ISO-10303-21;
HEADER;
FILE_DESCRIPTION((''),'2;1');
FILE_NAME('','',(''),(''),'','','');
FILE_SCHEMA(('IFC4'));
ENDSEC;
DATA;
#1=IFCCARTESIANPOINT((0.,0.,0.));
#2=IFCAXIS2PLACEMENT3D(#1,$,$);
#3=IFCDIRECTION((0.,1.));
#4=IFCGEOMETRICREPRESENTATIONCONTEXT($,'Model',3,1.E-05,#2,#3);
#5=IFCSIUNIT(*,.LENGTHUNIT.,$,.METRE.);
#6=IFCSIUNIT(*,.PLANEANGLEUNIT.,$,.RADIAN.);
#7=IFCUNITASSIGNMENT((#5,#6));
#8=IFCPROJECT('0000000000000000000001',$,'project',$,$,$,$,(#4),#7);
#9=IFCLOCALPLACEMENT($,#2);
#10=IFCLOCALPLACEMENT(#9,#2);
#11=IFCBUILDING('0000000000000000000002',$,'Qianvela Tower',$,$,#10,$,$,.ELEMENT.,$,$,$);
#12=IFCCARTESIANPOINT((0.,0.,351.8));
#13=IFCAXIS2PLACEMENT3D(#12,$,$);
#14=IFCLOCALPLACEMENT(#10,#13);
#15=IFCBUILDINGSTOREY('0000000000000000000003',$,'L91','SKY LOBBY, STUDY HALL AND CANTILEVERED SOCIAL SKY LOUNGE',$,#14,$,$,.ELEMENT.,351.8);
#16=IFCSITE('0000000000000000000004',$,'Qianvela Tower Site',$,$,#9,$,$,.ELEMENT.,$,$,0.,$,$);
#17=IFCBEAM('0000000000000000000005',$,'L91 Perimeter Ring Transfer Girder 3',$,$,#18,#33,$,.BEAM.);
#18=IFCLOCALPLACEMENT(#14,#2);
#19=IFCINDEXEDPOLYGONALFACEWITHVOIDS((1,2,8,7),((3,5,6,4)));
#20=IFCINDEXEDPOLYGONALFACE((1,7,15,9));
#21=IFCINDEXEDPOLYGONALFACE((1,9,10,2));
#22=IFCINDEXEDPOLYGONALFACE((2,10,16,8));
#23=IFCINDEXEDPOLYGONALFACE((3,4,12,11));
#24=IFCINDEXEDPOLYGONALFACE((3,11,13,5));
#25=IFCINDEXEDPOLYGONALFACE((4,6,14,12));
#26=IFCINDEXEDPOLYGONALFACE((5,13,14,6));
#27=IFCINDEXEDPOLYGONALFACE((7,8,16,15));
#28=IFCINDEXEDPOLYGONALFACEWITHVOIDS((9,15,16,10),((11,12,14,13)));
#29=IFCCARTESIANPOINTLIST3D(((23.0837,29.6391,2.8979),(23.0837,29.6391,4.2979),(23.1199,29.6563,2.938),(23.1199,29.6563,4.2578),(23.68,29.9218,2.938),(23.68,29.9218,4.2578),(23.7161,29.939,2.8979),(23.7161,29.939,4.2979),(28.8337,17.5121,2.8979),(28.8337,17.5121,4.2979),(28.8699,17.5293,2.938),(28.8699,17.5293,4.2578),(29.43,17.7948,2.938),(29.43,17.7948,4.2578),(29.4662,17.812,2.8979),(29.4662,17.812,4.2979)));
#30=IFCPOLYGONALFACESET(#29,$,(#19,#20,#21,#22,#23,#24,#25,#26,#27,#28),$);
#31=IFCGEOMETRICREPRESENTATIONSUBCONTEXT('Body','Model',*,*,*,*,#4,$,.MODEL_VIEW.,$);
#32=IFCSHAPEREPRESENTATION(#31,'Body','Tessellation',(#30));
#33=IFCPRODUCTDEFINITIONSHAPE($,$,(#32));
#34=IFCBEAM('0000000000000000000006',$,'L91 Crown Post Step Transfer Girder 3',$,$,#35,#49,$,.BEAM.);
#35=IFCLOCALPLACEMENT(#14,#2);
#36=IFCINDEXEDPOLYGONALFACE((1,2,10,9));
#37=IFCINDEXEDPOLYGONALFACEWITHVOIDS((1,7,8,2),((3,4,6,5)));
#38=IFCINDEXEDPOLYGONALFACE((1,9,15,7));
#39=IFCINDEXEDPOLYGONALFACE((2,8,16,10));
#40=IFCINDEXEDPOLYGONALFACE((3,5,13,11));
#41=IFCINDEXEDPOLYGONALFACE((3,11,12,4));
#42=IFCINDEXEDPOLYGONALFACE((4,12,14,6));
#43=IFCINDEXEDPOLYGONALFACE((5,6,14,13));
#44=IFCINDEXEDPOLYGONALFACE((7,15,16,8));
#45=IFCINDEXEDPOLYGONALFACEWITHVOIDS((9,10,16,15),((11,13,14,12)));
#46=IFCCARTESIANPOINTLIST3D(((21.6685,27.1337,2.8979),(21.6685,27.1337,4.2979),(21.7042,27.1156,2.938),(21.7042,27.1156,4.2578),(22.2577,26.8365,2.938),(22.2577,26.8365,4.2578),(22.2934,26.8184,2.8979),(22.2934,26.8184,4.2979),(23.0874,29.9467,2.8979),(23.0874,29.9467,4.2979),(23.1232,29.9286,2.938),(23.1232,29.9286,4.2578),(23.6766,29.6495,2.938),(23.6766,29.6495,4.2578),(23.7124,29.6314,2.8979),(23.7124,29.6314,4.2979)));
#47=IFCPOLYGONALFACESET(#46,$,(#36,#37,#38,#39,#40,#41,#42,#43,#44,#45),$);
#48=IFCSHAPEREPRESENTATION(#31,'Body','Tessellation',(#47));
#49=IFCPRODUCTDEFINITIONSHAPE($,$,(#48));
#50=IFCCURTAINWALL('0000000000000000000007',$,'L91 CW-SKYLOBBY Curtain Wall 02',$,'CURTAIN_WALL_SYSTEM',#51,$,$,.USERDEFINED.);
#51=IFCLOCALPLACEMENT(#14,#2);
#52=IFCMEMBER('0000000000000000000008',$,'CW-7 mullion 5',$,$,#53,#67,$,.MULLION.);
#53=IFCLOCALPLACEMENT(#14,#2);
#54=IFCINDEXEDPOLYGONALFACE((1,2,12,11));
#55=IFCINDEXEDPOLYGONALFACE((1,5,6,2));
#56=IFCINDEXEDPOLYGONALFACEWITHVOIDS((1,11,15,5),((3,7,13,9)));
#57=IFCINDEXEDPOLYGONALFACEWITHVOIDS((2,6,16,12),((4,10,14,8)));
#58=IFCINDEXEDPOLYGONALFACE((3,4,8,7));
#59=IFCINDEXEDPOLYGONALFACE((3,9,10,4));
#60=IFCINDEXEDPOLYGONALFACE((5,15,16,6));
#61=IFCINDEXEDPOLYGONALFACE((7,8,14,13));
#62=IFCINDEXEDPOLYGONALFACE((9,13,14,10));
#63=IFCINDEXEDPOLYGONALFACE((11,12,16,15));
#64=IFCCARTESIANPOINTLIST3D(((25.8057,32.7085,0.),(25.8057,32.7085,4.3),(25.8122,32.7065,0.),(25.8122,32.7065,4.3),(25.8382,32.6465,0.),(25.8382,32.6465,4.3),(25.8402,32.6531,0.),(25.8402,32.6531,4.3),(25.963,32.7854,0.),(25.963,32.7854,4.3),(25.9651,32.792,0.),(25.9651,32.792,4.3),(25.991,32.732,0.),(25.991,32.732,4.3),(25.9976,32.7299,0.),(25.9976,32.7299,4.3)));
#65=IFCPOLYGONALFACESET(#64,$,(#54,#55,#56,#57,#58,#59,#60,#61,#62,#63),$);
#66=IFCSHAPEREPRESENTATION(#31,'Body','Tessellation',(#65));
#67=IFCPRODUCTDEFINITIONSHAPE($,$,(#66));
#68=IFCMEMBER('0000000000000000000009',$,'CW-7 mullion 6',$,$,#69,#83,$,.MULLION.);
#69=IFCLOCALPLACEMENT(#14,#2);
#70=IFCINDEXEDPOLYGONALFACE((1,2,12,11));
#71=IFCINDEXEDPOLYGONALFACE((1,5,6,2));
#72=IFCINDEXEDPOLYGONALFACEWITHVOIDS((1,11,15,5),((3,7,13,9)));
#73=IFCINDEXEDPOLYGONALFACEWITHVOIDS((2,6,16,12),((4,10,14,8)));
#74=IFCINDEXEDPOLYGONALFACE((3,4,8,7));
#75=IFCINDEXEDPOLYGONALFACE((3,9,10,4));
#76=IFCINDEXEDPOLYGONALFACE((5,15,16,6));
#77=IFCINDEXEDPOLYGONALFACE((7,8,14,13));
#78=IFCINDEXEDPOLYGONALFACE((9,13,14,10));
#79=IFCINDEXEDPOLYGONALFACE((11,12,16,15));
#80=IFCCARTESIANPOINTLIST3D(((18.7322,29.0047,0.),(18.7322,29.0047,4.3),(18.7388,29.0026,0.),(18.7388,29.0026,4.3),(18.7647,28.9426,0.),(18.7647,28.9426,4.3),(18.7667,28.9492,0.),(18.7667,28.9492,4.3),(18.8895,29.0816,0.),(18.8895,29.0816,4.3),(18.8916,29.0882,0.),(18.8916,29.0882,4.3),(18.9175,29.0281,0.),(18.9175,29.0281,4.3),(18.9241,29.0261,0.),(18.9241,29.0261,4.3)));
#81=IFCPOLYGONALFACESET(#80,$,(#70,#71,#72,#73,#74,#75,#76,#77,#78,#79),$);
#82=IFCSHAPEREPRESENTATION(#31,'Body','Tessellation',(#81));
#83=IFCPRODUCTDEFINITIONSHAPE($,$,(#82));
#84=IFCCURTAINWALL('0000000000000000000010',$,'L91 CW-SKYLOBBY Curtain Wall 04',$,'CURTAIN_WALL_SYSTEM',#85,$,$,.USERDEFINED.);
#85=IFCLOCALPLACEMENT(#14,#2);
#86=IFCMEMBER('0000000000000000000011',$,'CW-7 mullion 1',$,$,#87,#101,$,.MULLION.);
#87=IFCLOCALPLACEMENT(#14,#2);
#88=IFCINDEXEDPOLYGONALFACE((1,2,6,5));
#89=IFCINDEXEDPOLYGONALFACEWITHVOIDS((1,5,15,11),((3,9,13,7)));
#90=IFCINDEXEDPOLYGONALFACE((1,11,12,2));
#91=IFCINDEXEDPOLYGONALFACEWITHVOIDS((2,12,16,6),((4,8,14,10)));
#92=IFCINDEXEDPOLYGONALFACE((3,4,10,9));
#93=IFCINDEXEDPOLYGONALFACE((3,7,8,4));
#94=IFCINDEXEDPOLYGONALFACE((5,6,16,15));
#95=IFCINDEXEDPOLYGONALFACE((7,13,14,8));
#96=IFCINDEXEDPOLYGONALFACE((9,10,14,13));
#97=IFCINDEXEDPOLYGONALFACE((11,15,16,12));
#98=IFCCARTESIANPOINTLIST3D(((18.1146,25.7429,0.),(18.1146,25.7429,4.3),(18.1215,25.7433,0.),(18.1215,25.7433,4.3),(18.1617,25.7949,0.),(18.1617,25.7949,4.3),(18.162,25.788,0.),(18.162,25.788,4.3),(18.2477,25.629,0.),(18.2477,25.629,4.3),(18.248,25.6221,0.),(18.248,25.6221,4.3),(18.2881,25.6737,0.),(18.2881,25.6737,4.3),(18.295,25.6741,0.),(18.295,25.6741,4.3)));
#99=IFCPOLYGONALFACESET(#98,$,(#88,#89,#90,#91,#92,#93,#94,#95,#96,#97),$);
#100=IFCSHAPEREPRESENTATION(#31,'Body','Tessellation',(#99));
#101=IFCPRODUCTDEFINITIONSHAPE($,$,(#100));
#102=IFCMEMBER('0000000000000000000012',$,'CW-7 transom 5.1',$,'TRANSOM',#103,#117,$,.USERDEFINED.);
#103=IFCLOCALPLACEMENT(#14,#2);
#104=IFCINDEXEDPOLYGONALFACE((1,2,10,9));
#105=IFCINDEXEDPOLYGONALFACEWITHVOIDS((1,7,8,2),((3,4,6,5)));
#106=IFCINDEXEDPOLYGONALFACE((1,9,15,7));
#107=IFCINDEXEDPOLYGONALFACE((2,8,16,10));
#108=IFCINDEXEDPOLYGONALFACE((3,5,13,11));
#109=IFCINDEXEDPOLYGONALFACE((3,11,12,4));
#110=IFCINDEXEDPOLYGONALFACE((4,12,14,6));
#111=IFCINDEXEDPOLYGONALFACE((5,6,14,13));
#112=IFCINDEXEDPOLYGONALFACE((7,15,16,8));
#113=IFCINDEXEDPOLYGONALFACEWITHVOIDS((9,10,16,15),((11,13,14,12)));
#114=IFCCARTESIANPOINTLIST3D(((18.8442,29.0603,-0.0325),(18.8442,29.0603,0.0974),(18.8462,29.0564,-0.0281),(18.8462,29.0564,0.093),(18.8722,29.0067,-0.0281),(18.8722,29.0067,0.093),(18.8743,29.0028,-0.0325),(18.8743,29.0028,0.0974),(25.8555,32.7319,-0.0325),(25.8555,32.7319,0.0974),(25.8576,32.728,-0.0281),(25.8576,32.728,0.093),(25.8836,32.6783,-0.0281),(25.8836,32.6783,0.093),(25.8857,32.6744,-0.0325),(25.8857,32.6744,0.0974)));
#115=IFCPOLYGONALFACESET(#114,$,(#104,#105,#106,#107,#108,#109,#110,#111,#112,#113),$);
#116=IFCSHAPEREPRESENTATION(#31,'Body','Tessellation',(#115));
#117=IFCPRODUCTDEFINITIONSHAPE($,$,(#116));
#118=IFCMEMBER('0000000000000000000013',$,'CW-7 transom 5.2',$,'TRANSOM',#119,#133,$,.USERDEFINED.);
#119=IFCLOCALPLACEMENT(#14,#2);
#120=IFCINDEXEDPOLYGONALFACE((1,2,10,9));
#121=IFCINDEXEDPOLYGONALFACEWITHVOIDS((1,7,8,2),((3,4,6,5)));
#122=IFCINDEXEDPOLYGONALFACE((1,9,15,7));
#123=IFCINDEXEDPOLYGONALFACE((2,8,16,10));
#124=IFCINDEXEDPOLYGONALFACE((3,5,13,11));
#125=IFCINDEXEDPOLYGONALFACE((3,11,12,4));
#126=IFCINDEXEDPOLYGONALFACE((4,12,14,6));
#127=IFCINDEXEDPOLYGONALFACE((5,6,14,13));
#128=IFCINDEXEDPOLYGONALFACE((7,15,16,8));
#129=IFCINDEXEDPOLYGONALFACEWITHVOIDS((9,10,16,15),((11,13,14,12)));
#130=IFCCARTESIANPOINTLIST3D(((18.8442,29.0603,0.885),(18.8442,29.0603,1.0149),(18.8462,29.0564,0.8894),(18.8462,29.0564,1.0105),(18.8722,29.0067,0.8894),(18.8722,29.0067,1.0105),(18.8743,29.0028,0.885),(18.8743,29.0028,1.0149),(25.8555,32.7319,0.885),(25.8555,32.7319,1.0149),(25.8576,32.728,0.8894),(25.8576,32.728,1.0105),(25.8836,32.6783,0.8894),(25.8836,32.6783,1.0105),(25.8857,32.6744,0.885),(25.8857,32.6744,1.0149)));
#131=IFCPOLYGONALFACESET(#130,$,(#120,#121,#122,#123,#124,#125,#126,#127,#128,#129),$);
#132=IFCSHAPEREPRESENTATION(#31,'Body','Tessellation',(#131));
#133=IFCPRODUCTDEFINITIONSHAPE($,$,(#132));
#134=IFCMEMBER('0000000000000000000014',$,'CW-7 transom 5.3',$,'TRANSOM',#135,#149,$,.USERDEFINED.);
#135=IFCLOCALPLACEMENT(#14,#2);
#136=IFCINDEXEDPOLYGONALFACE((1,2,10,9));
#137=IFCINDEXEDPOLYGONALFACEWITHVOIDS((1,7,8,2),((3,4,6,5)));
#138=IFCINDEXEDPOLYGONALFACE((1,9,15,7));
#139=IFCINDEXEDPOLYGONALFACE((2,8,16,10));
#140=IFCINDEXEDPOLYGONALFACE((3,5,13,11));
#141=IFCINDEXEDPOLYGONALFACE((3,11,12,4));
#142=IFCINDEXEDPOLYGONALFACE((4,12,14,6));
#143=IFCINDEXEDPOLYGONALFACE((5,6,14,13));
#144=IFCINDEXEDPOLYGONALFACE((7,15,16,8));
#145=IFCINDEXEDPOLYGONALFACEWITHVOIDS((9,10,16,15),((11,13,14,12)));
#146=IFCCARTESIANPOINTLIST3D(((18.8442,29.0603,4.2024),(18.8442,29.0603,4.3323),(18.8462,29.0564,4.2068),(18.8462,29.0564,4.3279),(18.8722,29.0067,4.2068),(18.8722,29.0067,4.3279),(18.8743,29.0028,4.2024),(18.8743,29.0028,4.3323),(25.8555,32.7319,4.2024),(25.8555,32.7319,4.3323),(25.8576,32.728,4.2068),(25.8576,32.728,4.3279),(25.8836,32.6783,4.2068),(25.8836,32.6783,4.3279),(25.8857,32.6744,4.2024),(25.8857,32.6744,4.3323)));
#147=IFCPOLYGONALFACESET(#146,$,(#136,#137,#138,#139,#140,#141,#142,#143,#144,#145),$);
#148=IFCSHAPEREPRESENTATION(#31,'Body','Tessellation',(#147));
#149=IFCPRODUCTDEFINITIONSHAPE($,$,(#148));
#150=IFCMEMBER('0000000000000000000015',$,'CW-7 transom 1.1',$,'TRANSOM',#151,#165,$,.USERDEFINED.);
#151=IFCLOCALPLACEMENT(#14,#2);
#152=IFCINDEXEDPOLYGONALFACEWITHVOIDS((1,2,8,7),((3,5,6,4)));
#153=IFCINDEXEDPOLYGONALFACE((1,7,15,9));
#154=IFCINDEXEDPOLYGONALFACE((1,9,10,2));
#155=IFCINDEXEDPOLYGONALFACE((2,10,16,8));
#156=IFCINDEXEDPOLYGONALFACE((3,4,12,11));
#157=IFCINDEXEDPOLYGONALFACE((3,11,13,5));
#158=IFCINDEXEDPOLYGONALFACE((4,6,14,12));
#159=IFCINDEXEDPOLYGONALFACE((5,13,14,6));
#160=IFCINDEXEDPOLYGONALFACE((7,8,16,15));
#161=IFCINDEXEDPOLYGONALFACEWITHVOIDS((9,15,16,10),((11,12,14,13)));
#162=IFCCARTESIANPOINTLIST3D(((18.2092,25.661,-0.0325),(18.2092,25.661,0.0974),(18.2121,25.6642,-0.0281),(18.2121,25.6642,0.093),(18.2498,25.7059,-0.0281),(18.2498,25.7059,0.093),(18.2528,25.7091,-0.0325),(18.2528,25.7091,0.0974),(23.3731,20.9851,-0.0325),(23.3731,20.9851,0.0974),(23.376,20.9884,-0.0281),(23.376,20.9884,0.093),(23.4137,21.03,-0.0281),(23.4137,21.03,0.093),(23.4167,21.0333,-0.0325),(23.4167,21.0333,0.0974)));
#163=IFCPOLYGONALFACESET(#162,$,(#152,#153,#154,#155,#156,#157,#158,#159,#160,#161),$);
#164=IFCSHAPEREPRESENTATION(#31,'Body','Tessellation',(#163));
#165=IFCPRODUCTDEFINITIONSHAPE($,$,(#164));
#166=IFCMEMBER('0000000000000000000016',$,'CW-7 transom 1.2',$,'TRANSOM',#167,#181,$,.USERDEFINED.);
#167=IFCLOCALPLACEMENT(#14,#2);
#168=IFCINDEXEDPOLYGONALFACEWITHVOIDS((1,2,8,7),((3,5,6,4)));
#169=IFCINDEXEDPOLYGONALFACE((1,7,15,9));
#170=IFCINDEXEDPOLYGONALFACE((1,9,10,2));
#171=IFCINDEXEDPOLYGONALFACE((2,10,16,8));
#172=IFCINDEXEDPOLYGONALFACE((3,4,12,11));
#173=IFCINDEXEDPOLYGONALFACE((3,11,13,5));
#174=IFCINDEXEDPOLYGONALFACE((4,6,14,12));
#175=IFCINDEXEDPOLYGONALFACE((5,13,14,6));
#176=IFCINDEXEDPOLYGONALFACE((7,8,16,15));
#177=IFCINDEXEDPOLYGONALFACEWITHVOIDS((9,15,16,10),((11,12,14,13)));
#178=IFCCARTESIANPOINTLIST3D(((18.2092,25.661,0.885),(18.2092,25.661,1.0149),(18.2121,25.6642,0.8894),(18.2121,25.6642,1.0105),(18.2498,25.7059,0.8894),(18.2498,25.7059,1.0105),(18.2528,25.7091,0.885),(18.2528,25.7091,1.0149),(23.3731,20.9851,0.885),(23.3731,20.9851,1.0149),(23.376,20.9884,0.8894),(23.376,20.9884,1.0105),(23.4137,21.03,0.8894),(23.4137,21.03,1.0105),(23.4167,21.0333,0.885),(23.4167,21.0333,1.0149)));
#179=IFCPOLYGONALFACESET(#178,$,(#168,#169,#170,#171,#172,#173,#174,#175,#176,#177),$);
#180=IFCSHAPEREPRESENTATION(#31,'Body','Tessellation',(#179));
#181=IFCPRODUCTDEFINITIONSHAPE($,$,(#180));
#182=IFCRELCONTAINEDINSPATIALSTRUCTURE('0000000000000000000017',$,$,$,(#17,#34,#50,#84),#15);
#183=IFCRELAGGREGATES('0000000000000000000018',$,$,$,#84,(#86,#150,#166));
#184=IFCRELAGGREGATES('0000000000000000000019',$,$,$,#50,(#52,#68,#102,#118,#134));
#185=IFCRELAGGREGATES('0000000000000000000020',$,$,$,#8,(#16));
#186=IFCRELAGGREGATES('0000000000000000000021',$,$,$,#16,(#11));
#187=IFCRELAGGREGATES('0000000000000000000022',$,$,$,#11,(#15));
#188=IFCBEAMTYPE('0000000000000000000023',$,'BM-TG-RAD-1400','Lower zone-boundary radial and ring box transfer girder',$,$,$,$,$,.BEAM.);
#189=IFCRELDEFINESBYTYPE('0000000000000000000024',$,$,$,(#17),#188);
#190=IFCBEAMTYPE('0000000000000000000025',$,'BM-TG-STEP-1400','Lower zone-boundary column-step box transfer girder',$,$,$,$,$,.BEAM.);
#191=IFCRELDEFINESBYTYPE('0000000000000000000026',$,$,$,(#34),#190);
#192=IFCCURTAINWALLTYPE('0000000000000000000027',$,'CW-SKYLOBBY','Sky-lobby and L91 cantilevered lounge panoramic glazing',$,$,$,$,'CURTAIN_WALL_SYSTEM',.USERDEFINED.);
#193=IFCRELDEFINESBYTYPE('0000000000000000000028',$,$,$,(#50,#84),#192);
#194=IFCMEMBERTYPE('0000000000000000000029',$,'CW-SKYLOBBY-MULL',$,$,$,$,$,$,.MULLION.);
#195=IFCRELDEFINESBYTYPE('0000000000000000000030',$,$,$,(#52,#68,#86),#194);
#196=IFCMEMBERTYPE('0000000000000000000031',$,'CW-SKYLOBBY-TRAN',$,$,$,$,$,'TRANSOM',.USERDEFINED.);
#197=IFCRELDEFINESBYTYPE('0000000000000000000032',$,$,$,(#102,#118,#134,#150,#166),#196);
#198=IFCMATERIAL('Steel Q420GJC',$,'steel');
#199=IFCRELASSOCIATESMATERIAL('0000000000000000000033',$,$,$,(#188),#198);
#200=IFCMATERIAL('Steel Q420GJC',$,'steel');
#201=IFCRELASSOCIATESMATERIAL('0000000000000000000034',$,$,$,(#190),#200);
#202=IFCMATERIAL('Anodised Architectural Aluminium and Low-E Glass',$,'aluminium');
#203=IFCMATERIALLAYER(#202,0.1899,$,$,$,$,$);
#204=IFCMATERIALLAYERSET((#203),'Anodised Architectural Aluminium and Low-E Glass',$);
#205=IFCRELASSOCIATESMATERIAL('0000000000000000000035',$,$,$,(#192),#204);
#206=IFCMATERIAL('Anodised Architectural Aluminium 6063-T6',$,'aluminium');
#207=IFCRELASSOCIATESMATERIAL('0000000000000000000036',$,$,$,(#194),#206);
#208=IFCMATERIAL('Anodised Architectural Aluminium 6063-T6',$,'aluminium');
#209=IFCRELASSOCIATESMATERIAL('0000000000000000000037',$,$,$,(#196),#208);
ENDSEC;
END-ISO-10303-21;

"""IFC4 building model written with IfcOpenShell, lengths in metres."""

from ifc_helpers import new_model, si_unit, direction, frame, origin, origin_2d, place, context, subcontext, project, spatial, hollow_rectangle, extrude, material, layer, layer_set, material_profile, profile_set, type_object, element, aggregate, save


model = new_model("IFC4")

# Units and contexts
model_context = context("Model", 3, precision=1e-05, world=origin(), true_north=direction((0.0, 1.0)))
body_context = subcontext(model_context, "Body", "Model", "MODEL_VIEW")
ifc_project = project(units=[si_unit("LENGTHUNIT", "METRE"), si_unit("PLANEANGLEUNIT", "RADIAN")], contexts=[model_context])

# Site, building, storey
site_placement = place(None, origin())
site = spatial("IfcSite", under=ifc_project, at=site_placement, Name="Qianvela Tower Site", CompositionType="ELEMENT", RefElevation=0.0)
building_placement = place(site_placement, origin())
building = spatial("IfcBuilding", under=site, at=building_placement, Name="Qianvela Tower", CompositionType="ELEMENT")
storey_placement = place(building_placement, frame((0.0, 0.0, 351.8)))
storey = spatial("IfcBuildingStorey", under=building, at=storey_placement, Name="L91", Description="SKY LOBBY, STUDY HALL AND CANTILEVERED SOCIAL SKY LOUNGE", CompositionType="ELEMENT", Elevation=351.8)

# Beams
ifc_material_1 = material(Name="Steel Q420GJC", Category="steel")
ifc_material_profile_1 = material_profile(ifc_material_1, hollow_rectangle(XDim=0.7, YDim=1.3999, WallThickness=0.04, at=origin_2d()), Name="TG-BOX-1400x700x40")
ifc_profile_set_1 = profile_set([ifc_material_profile_1], Name="Steel Q420GJC")
beam_type_1 = type_object("IfcBeamType", Name="BM-TG-RAD-1400", Description="Lower zone-boundary radial and ring box transfer girder", PredefinedType="BEAM", material=ifc_profile_set_1)
beam_1_placement = place(storey_placement, frame((23.3999, 29.7891, 3.5979), z_axis=(0.42843, -0.903575, 0.0), x_axis=(0.903575, 0.42843, 0.0)))
element("IfcBeam", 1, at=beam_1_placement, inside=storey, type_object=beam_type_1, Name="L91 Perimeter Ring Transfer Girder 3", PredefinedType="BEAM", context=body_context, shape_type="SweptSolid", body=[
    extrude(hollow_rectangle(XDim=0.7, YDim=1.3999, WallThickness=0.04, at=origin_2d()), origin(), (0.0, 0.0, 1.0), 13.4211),
])
ifc_material_2 = material(Name="Steel Q420GJC", Category="steel")
ifc_material_profile_2 = material_profile(ifc_material_2, hollow_rectangle(XDim=0.7, YDim=1.3999, WallThickness=0.04, at=origin_2d()), Name="TG-BOX-1400x700x40")
ifc_profile_set_2 = profile_set([ifc_material_profile_2], Name="Steel Q420GJC")
beam_type_2 = type_object("IfcBeamType", Name="BM-TG-STEP-1400", Description="Lower zone-boundary column-step box transfer girder", PredefinedType="BEAM", material=ifc_profile_set_2)
beam_2_placement = place(storey_placement, frame((23.3999, 29.7891, 3.5979), z_axis=(-0.450372, -0.892841, 0.0), x_axis=(0.892841, -0.450372, 0.0)))
element("IfcBeam", 2, at=beam_2_placement, inside=storey, type_object=beam_type_2, Name="L91 Crown Post Step Transfer Girder 3", PredefinedType="BEAM", context=body_context, shape_type="SweptSolid", body=[
    extrude(hollow_rectangle(XDim=0.7, YDim=1.3999, WallThickness=0.04, at=origin_2d()), origin(), (0.0, 0.0, 1.0), 3.1506),
])

# Curtain wall, members
ifc_material_3 = material(Name="Anodised Architectural Aluminium and Low-E Glass", Category="aluminium")
ifc_layer_1 = layer(ifc_material_3, 0.1899)
ifc_layer_set_1 = layer_set([ifc_layer_1], Name="Anodised Architectural Aluminium and Low-E Glass")
curtain_wall_type = type_object("IfcCurtainWallType", Name="CW-SKYLOBBY", Description="Sky-lobby and L91 cantilevered lounge panoramic glazing", ElementType="CURTAIN_WALL_SYSTEM", PredefinedType="USERDEFINED", material=ifc_layer_set_1)
curtain_wall_1_placement = place(storey_placement, origin())
curtain_wall_1 = element("IfcCurtainWall", 3, at=curtain_wall_1_placement, inside=storey, type_object=curtain_wall_type, Name="L91 CW-SKYLOBBY Curtain Wall 02", ObjectType="CURTAIN_WALL_SYSTEM", PredefinedType="USERDEFINED")
ifc_material_4 = material(Name="Anodised Architectural Aluminium 6063-T6", Category="aluminium")
ifc_material_profile_3 = material_profile(ifc_material_4, hollow_rectangle(XDim=0.0701, YDim=0.1799, WallThickness=0.0049, at=origin_2d()), Name="ALU-MULL-70x180")
ifc_profile_set_3 = profile_set([ifc_material_profile_3], Name="Anodised Architectural Aluminium 6063-T6")
member_type_1 = type_object("IfcMemberType", Name="CW-SKYLOBBY-MULL", PredefinedType="MULLION", material=ifc_profile_set_3)
member_1_placement = place(storey_placement, frame((25.9016, 32.7192, 0.0), z_axis=(0.0, 0.0, 1.0), x_axis=(0.46389, -0.885893, 0.0)))
member_1 = element("IfcMember", 4, at=member_1_placement, type_object=member_type_1, Name="CW-7 mullion 5", PredefinedType="MULLION", context=body_context, shape_type="SweptSolid", body=[
    extrude(hollow_rectangle(XDim=0.0701, YDim=0.1799, WallThickness=0.0049, at=origin_2d()), origin(), (0.0, 0.0, 1.0), 4.3),
])
member_2_placement = place(storey_placement, frame((18.8281, 29.0154, 0.0), z_axis=(0.0, 0.0, 1.0), x_axis=(0.46389, -0.885893, 0.0)))
member_2 = element("IfcMember", 5, at=member_2_placement, type_object=member_type_1, Name="CW-7 mullion 6", PredefinedType="MULLION", context=body_context, shape_type="SweptSolid", body=[
    extrude(hollow_rectangle(XDim=0.0701, YDim=0.1799, WallThickness=0.0049, at=origin_2d()), origin(), (0.0, 0.0, 1.0), 4.3),
])

# Curtain wall, member
curtain_wall_2_placement = place(storey_placement, origin())
curtain_wall_2 = element("IfcCurtainWall", 6, at=curtain_wall_2_placement, inside=storey, type_object=curtain_wall_type, Name="L91 CW-SKYLOBBY Curtain Wall 04", ObjectType="CURTAIN_WALL_SYSTEM", PredefinedType="USERDEFINED")
member_3_placement = place(storey_placement, frame((18.2048, 25.7085, 0.0), z_axis=(0.0, 0.0, 1.0), x_axis=(0.671203, 0.741273, 0.0)))
member_3 = element("IfcMember", 7, at=member_3_placement, type_object=member_type_1, Name="CW-7 mullion 1", PredefinedType="MULLION", context=body_context, shape_type="SweptSolid", body=[
    extrude(hollow_rectangle(XDim=0.0701, YDim=0.1799, WallThickness=0.0049, at=origin_2d()), origin(), (0.0, 0.0, 1.0), 4.3),
])

# Members
ifc_material_5 = material(Name="Anodised Architectural Aluminium 6063-T6", Category="aluminium")
ifc_material_profile_4 = material_profile(ifc_material_5, hollow_rectangle(XDim=0.0649, YDim=0.1299, WallThickness=0.0044, at=origin_2d()), Name="ALU-TRAN-65x130")
ifc_profile_set_4 = profile_set([ifc_material_profile_4], Name="Anodised Architectural Aluminium 6063-T6")
member_type_2 = type_object("IfcMemberType", Name="CW-SKYLOBBY-TRAN", ElementType="TRANSOM", PredefinedType="USERDEFINED", material=ifc_profile_set_4)
member_4_placement = place(storey_placement, frame((25.8706, 32.7031, 0.0325), z_axis=(-0.885886, -0.463903, 0.0), x_axis=(0.463903, -0.885886, 0.0)))
member_4 = element("IfcMember", 8, at=member_4_placement, type_object=member_type_2, Name="CW-7 transom 5.1", ObjectType="TRANSOM", PredefinedType="USERDEFINED", context=body_context, shape_type="SweptSolid", body=[
    extrude(hollow_rectangle(XDim=0.0649, YDim=0.1299, WallThickness=0.0044, at=origin_2d()), origin(), (0.0, 0.0, 1.0), 7.9146),
])
member_5_placement = place(storey_placement, frame((25.8706, 32.7031, 0.95), z_axis=(-0.885886, -0.463903, 0.0), x_axis=(0.463903, -0.885886, 0.0)))
member_5 = element("IfcMember", 9, at=member_5_placement, type_object=member_type_2, Name="CW-7 transom 5.2", ObjectType="TRANSOM", PredefinedType="USERDEFINED", context=body_context, shape_type="SweptSolid", body=[
    extrude(hollow_rectangle(XDim=0.0649, YDim=0.1299, WallThickness=0.0044, at=origin_2d()), origin(), (0.0, 0.0, 1.0), 7.9146),
])
member_6_placement = place(storey_placement, frame((25.8706, 32.7031, 4.2673), z_axis=(-0.885886, -0.463903, 0.0), x_axis=(0.463903, -0.885886, 0.0)))
member_6 = element("IfcMember", 10, at=member_6_placement, type_object=member_type_2, Name="CW-7 transom 5.3", ObjectType="TRANSOM", PredefinedType="USERDEFINED", context=body_context, shape_type="SweptSolid", body=[
    extrude(hollow_rectangle(XDim=0.0649, YDim=0.1299, WallThickness=0.0044, at=origin_2d()), origin(), (0.0, 0.0, 1.0), 7.9146),
])
member_7_placement = place(storey_placement, frame((18.231, 25.6851, 0.0325), z_axis=(0.741268, -0.67121, 0.0), x_axis=(0.67121, 0.741268, 0.0)))
member_7 = element("IfcMember", 11, at=member_7_placement, type_object=member_type_2, Name="CW-7 transom 1.1", ObjectType="TRANSOM", PredefinedType="USERDEFINED", context=body_context, shape_type="SweptSolid", body=[
    extrude(hollow_rectangle(XDim=0.0649, YDim=0.1299, WallThickness=0.0044, at=origin_2d()), origin(), (0.0, 0.0, 1.0), 6.9663),
])
member_8_placement = place(storey_placement, frame((18.231, 25.6851, 0.95), z_axis=(0.741268, -0.67121, 0.0), x_axis=(0.67121, 0.741268, 0.0)))
member_8 = element("IfcMember", 12, at=member_8_placement, type_object=member_type_2, Name="CW-7 transom 1.2", ObjectType="TRANSOM", PredefinedType="USERDEFINED", context=body_context, shape_type="SweptSolid", body=[
    extrude(hollow_rectangle(XDim=0.0649, YDim=0.1299, WallThickness=0.0044, at=origin_2d()), origin(), (0.0, 0.0, 1.0), 6.9663),
])
aggregate(curtain_wall_2, [member_3, member_7, member_8])

aggregate(curtain_wall_1, [member_1, member_2, member_4, member_5, member_6])

save(model, "model.ifc")
